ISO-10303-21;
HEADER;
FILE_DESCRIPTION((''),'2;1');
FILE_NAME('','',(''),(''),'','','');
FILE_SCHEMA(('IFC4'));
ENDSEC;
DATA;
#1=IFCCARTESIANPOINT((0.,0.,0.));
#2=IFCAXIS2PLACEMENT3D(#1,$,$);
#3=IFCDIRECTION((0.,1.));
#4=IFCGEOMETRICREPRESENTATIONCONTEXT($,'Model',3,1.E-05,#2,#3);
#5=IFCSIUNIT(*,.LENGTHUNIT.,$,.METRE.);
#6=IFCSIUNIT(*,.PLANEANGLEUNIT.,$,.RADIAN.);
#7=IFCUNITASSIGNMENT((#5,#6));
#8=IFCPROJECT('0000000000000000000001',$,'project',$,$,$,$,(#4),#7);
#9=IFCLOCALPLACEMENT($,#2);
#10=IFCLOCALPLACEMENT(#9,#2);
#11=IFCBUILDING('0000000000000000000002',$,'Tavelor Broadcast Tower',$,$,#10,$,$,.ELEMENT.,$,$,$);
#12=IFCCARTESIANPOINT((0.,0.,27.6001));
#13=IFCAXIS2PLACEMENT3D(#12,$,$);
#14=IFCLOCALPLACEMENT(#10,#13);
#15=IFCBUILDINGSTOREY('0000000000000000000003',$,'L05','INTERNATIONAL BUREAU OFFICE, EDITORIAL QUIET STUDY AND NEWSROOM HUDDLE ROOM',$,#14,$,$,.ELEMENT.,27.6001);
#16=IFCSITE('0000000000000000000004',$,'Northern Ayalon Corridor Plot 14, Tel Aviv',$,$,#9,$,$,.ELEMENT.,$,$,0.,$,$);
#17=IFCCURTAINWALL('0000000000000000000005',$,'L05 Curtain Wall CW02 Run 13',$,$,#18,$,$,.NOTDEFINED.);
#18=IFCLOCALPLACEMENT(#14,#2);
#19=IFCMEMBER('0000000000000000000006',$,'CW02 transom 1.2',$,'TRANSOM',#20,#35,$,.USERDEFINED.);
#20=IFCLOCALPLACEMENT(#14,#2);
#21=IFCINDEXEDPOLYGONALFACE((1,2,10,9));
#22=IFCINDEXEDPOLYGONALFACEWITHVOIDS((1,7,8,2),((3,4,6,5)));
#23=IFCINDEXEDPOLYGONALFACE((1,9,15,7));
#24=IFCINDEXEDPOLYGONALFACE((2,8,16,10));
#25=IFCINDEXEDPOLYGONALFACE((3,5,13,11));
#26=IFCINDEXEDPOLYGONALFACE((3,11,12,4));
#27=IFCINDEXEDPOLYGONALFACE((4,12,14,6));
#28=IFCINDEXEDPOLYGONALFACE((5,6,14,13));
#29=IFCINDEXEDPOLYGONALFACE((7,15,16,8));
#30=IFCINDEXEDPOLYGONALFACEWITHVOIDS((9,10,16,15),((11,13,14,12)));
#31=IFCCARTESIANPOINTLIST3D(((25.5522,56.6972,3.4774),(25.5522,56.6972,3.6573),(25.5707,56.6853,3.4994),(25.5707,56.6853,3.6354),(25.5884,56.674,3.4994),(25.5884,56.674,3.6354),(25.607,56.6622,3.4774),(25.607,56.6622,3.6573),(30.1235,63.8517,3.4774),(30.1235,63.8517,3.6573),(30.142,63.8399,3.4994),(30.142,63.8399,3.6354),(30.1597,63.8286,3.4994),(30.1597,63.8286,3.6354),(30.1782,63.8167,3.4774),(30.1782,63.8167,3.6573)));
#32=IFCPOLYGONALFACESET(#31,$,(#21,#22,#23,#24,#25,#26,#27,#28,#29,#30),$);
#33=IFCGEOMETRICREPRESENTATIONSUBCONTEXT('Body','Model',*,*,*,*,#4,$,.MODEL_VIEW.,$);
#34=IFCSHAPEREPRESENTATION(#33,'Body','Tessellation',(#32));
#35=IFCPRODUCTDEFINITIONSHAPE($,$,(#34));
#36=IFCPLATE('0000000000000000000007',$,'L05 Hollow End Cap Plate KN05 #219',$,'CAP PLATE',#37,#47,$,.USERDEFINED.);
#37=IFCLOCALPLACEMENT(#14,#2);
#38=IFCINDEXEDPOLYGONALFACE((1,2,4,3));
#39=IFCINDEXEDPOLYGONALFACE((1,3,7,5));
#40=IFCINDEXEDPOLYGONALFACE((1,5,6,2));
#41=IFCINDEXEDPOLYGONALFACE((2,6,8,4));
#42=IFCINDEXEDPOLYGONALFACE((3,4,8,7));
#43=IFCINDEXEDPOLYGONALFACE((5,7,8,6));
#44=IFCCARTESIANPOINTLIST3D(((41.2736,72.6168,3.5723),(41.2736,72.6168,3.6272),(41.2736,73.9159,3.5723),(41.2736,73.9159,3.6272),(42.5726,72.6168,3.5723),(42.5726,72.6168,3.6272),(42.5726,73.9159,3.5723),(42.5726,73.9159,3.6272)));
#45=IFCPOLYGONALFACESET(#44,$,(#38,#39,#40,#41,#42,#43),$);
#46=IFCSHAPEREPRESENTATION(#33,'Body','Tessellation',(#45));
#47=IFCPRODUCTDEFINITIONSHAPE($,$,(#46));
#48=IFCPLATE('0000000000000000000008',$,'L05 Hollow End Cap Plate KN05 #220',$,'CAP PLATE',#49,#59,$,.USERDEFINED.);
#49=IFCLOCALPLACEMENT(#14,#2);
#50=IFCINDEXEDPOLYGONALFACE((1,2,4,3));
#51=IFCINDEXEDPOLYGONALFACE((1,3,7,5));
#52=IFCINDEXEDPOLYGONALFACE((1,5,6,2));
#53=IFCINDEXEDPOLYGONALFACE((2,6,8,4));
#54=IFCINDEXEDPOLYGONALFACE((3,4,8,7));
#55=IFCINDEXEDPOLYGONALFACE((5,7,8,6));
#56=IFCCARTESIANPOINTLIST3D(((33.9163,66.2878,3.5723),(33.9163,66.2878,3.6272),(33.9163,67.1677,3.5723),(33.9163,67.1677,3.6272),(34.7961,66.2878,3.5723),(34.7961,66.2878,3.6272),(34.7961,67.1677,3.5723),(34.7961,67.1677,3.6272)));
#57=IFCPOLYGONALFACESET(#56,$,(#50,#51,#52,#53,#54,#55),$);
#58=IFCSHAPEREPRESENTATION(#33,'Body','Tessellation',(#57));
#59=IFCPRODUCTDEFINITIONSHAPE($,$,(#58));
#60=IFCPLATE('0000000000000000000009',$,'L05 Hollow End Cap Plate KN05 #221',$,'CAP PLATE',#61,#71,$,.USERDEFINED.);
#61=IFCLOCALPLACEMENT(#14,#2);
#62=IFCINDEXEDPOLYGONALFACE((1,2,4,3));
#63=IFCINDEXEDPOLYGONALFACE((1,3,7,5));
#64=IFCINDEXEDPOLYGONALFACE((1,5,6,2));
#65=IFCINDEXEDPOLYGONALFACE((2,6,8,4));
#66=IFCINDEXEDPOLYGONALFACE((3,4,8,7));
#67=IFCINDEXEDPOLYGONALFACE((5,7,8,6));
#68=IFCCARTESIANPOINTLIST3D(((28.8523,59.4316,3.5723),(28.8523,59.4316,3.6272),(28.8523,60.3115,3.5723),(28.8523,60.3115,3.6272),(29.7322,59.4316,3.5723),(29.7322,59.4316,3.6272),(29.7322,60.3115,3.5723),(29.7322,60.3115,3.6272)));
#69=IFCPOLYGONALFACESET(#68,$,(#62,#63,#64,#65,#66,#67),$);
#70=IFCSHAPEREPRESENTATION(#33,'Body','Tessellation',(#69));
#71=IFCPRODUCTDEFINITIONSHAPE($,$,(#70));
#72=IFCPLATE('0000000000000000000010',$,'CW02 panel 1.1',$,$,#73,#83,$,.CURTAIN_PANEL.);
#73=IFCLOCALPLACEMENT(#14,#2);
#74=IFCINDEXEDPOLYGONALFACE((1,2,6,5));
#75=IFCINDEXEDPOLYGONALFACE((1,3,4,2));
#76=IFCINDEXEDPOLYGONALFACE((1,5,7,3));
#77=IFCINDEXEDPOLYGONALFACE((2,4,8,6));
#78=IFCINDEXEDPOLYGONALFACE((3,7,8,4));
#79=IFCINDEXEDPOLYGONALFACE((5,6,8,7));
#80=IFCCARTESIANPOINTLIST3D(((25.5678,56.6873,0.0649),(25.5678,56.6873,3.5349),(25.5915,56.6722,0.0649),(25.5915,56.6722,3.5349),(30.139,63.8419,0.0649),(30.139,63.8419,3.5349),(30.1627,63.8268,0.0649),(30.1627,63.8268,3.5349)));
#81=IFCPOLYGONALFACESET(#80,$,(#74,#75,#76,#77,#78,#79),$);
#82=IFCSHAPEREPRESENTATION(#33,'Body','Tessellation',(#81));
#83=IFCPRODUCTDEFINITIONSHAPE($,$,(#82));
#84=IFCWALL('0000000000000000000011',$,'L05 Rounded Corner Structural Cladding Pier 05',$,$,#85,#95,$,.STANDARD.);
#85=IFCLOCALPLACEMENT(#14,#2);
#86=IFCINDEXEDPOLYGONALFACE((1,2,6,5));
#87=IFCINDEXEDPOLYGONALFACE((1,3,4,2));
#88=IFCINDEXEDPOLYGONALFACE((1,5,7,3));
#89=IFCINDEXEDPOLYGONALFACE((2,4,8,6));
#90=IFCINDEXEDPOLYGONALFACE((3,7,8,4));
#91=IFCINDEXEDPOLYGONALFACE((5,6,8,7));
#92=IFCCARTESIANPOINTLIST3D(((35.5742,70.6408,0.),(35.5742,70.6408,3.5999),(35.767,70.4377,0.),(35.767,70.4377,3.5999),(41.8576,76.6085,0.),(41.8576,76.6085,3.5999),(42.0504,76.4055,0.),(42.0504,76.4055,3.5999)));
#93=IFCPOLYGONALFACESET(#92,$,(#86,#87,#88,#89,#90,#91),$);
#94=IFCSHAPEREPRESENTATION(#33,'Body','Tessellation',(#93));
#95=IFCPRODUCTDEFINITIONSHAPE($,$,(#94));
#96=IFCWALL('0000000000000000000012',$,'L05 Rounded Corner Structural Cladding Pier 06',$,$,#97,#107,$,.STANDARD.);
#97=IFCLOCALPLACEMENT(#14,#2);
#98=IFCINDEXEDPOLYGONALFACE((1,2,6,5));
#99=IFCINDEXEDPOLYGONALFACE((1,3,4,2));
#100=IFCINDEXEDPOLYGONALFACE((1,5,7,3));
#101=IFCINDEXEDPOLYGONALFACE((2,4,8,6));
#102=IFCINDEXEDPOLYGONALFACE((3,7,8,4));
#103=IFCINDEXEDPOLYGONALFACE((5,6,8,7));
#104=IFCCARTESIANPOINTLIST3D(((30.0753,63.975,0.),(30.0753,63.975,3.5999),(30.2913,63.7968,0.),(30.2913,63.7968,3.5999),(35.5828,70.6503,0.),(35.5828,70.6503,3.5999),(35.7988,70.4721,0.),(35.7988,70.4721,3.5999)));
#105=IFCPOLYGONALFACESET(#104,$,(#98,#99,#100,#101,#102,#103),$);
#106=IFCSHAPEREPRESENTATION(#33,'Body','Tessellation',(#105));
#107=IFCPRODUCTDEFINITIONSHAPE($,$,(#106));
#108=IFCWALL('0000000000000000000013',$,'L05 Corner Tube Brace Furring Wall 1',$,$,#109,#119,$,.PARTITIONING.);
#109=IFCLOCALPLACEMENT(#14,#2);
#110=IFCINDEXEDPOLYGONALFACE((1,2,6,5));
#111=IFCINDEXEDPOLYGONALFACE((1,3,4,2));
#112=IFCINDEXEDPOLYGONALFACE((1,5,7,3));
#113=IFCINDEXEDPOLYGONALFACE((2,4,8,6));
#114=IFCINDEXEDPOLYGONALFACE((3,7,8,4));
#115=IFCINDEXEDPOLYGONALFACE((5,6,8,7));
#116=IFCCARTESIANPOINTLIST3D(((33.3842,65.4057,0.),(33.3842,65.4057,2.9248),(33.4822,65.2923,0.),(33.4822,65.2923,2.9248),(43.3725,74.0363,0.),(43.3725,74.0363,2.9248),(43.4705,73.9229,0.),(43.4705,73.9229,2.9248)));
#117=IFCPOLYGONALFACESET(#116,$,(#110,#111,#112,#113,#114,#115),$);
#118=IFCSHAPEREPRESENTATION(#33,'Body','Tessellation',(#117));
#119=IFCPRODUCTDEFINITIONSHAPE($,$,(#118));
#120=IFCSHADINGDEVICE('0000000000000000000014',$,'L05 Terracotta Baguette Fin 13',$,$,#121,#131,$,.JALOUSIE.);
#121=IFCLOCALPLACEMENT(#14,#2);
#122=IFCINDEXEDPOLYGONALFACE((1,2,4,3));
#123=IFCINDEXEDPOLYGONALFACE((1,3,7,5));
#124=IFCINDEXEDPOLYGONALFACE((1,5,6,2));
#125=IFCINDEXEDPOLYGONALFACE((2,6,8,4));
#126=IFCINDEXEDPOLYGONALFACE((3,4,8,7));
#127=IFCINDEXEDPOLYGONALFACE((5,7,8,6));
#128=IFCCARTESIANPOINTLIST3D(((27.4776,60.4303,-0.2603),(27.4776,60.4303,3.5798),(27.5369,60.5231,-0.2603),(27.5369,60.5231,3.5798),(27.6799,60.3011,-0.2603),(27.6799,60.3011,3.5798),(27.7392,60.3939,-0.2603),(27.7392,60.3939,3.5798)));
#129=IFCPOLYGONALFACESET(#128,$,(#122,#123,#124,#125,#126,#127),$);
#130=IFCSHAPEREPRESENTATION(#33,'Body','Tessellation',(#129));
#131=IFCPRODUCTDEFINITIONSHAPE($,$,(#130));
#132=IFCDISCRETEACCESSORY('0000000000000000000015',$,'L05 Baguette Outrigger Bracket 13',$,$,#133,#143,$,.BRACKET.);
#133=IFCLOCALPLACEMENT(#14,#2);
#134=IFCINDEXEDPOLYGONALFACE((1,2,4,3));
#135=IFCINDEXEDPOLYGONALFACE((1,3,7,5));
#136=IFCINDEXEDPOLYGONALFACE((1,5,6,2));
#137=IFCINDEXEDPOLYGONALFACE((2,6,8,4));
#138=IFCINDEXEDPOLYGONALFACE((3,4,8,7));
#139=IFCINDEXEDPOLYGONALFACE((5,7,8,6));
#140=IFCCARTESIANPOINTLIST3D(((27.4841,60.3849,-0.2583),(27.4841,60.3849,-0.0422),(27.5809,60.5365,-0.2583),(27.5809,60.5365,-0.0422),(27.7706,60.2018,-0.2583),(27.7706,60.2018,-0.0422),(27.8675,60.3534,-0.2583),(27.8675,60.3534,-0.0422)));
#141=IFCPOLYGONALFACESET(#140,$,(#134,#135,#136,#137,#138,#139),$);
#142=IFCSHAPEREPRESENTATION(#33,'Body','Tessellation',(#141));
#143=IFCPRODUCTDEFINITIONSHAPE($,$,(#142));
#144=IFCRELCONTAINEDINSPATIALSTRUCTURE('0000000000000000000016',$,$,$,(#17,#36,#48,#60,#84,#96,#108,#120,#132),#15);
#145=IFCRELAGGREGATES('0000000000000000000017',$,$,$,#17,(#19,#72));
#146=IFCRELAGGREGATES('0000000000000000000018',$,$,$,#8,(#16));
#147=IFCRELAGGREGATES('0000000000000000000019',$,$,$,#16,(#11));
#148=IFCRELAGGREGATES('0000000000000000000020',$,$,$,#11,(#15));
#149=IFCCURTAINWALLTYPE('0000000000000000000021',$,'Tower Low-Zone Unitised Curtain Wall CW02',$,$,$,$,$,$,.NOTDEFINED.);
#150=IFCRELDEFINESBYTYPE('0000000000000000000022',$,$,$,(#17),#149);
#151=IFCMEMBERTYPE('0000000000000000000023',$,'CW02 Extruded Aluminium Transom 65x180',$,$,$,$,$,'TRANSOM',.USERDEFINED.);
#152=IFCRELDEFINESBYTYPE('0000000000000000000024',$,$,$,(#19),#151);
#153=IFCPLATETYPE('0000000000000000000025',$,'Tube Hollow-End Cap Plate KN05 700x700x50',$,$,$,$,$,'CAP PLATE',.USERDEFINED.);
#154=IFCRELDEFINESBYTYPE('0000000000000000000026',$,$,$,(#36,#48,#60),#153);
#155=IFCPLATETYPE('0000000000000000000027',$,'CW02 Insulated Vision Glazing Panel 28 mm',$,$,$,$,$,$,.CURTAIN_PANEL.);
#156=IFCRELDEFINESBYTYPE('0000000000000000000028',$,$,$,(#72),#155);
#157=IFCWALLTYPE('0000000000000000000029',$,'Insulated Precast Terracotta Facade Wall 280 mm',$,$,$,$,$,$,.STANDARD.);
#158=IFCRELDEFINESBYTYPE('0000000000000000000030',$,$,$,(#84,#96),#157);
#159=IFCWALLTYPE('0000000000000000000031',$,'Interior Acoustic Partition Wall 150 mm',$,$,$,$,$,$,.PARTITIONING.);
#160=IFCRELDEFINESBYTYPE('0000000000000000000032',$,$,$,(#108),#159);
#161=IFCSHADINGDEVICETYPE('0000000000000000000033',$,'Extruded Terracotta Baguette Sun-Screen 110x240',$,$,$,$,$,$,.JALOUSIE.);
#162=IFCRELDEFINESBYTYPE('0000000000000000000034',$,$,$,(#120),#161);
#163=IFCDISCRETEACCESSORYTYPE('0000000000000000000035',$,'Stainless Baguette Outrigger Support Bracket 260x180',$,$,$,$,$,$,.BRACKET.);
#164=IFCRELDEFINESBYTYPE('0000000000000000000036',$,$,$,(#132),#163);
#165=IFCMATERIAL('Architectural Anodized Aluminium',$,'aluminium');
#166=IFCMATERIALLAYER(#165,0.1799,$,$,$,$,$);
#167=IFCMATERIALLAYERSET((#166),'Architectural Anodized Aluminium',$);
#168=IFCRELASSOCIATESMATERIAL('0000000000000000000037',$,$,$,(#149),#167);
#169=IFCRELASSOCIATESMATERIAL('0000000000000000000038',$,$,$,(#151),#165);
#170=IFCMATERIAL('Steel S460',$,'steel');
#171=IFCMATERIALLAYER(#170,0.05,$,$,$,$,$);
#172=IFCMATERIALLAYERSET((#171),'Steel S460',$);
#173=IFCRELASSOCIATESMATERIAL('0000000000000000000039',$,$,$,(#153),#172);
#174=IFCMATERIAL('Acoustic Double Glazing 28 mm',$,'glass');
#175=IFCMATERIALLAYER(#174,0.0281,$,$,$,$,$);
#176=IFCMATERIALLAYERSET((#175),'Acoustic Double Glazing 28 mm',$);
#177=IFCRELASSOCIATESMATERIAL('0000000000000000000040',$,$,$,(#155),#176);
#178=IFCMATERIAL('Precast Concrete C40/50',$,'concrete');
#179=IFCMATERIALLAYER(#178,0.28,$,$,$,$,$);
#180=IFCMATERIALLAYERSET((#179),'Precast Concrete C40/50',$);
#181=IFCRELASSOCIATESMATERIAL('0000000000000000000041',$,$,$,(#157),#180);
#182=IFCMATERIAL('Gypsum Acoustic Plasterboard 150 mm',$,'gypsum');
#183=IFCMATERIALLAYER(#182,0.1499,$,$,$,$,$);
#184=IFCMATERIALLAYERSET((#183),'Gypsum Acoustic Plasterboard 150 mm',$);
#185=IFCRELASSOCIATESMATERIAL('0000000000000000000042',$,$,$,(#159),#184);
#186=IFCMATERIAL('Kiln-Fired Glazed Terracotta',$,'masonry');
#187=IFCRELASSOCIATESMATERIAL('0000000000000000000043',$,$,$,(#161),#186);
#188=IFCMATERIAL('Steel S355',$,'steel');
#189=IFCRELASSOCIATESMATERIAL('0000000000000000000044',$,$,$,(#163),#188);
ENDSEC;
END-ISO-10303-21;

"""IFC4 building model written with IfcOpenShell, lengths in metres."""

from ifc_helpers import new_model, si_unit, direction, frame, frame_2d, origin, origin_2d, place, context, subcontext, project, spatial, rectangle, hollow_rectangle, extrude, source, transform, mapped, material, layer, layer_set, material_profile, profile_set, type_object, type_shapes, element, aggregate, save


model = new_model("IFC4")

# Units and contexts
model_context = context("Model", 3, precision=1e-05, world=origin(), true_north=direction((0.0, 1.0)))
body_context = subcontext(model_context, "Body", "Model", "MODEL_VIEW")
ifc_project = project(units=[si_unit("LENGTHUNIT", "METRE"), si_unit("PLANEANGLEUNIT", "RADIAN")], contexts=[model_context])

# Site, building, storey
site_placement = place(None, origin())
site = spatial("IfcSite", under=ifc_project, at=site_placement, Name="Northern Ayalon Corridor Plot 14, Tel Aviv", CompositionType="ELEMENT", RefElevation=0.0)
building_placement = place(site_placement, origin())
building = spatial("IfcBuilding", under=site, at=building_placement, Name="Tavelor Broadcast Tower", CompositionType="ELEMENT")
storey_placement = place(building_placement, frame((0.0, 0.0, 27.6001)))
storey = spatial("IfcBuildingStorey", under=building, at=storey_placement, Name="L05", Description="INTERNATIONAL BUREAU OFFICE, EDITORIAL QUIET STUDY AND NEWSROOM HUDDLE ROOM", CompositionType="ELEMENT", Elevation=27.6001)

# Shared definitions
ifc_material_1 = material(Name="Steel S460", Category="steel")

# Shared definitions
ifc_material_2 = material(Name="Steel S355", Category="steel")

# Curtain wall
ifc_material_3 = material(Name="Architectural Anodized Aluminium", Category="aluminium")
ifc_layer_1 = layer(ifc_material_3, 0.1799)
ifc_layer_set_1 = layer_set([ifc_layer_1], Name="Architectural Anodized Aluminium")
curtain_wall_type = type_object("IfcCurtainWallType", Name="Tower Low-Zone Unitised Curtain Wall CW02", PredefinedType="NOTDEFINED", material=ifc_layer_set_1)
curtain_wall_1_placement = place(storey_placement, origin())
curtain_wall_1 = element("IfcCurtainWall", 1, at=curtain_wall_1_placement, inside=storey, type_object=curtain_wall_type, Name="L05 Curtain Wall CW02 Run 13", PredefinedType="NOTDEFINED")

# Member
ifc_material_profile_1 = material_profile(ifc_material_3, hollow_rectangle(XDim=0.0649, YDim=0.1799, WallThickness=0.022, at=origin_2d()), Name="RHS 65x180x22")
ifc_profile_set_1 = profile_set([ifc_material_profile_1], Name="Architectural Anodized Aluminium")
member_type_1 = type_object("IfcMemberType", Name="CW02 Extruded Aluminium Transom 65x180", ElementType="TRANSOM", PredefinedType="USERDEFINED", material=ifc_profile_set_1)
shared_shape_1 = source(origin(), body_context, "Body", "SweptSolid", [
    extrude(hollow_rectangle(XDim=0.0649, YDim=0.1799, WallThickness=0.022, at=origin_2d()), origin(), (0.0, 0.0, 1.0), 8.4902),
])
type_shapes(member_type_1, [shared_shape_1])
member_1_placement = place(storey_placement, frame((30.1509, 63.8342, 3.5674), z_axis=(-0.538417, -0.842679, 0.0), x_axis=(0.842679, -0.538417, 0.0)))
member_1 = element("IfcMember", 2, at=member_1_placement, type_object=member_type_1, Name="CW02 transom 1.2", ObjectType="TRANSOM", PredefinedType="USERDEFINED", context=body_context, shape_type="MappedRepresentation", body=[
    mapped(shared_shape_1, transform((0.0, 0.0, 0.0), scale=1.0)),
])

# Plates
ifc_layer_2 = layer(ifc_material_1, 0.05)
ifc_layer_set_2 = layer_set([ifc_layer_2], Name="Steel S460")
plate_type_1 = type_object("IfcPlateType", Name="Tube Hollow-End Cap Plate KN05 700x700x50", ElementType="CAP PLATE", PredefinedType="USERDEFINED", material=ifc_layer_set_2)
shared_shape_2 = source(origin(), body_context, "Body", "SweptSolid", [
    extrude(rectangle(XDim=1.2991, YDim=1.2991, at=origin_2d()), origin(), (0.0, 0.0, 1.0), 0.0549),
])
plate_1_placement = place(storey_placement, frame((41.9231, 73.2664, 3.5723), z_axis=(0.0, 0.0, 1.0), x_axis=(1.0, 0.0, 0.0)))
element("IfcPlate", 3, at=plate_1_placement, inside=storey, type_object=plate_type_1, Name="L05 Hollow End Cap Plate KN05 #219", ObjectType="CAP PLATE", PredefinedType="USERDEFINED", context=body_context, shape_type="MappedRepresentation", body=[
    mapped(shared_shape_2, transform((0.0, 0.0, 0.0), scale=1.0)),
])
shared_shape_3 = source(origin(), body_context, "Body", "SweptSolid", [
    extrude(rectangle(XDim=0.8799, YDim=0.8799, at=origin_2d()), origin(), (0.0, 0.0, 1.0), 0.0549),
])
type_shapes(plate_type_1, [shared_shape_2, shared_shape_3])
for number, where, z_axis, x_axis, name in (
    (4, (34.3562, 66.7278, 3.5723), (0.0, 0.0, 1.0), (1.0, 0.0, 0.0), "L05 Hollow End Cap Plate KN05 #220"),
    (5, (29.2922, 59.8716, 3.5723), (0.0, 0.0, 1.0), (1.0, 0.0, 0.0), "L05 Hollow End Cap Plate KN05 #221"),
):
    element("IfcPlate", number, at=place(storey_placement, frame(where, z_axis=z_axis, x_axis=x_axis)), inside=storey, type_object=plate_type_1, Name=name, ObjectType="CAP PLATE", PredefinedType="USERDEFINED", context=body_context, shape_type="MappedRepresentation", body=[
        mapped(shared_shape_3, transform((0.0, 0.0, 0.0), scale=1.0)),
    ])

# Plate
ifc_material_4 = material(Name="Acoustic Double Glazing 28 mm", Category="glass")
ifc_layer_3 = layer(ifc_material_4, 0.0281)
ifc_layer_set_3 = layer_set([ifc_layer_3], Name="Acoustic Double Glazing 28 mm")
plate_type_2 = type_object("IfcPlateType", Name="CW02 Insulated Vision Glazing Panel 28 mm", PredefinedType="CURTAIN_PANEL", material=ifc_layer_set_3)
shared_shape_4 = source(origin(), body_context, "Body", "SweptSolid", [
    extrude(rectangle(XDim=8.4902, YDim=0.0281, at=origin_2d()), origin(), (0.0, 0.0, 1.0), 3.47),
])
type_shapes(plate_type_2, [shared_shape_4])
plate_2_placement = place(storey_placement, frame((27.8652, 60.2571, 0.0649), z_axis=(0.0, 0.0, 1.0), x_axis=(-0.53841, -0.842683, 0.0)))
plate_2 = element("IfcPlate", 6, at=plate_2_placement, type_object=plate_type_2, Name="CW02 panel 1.1", PredefinedType="CURTAIN_PANEL", context=body_context, shape_type="MappedRepresentation", body=[
    mapped(shared_shape_4, transform((0.0, 0.0, 0.0), scale=1.0)),
])
aggregate(curtain_wall_1, [member_1, plate_2])

# Walls
ifc_material_5 = material(Name="Precast Concrete C40/50", Category="concrete")
ifc_layer_4 = layer(ifc_material_5, 0.28)
ifc_layer_set_4 = layer_set([ifc_layer_4], Name="Precast Concrete C40/50")
wall_type_1 = type_object("IfcWallType", Name="Insulated Precast Terracotta Facade Wall 280 mm", PredefinedType="STANDARD", material=ifc_layer_set_4)
wall_1_placement = place(storey_placement, frame((41.9541, 76.5071, 0.0), z_axis=(0.0, 0.0, 1.0), x_axis=(-0.725086, -0.688658, 0.0)))
element("IfcWall", 7, at=wall_1_placement, inside=storey, type_object=wall_type_1, Name="L05 Rounded Corner Structural Cladding Pier 05", PredefinedType="STANDARD", context=body_context, shape_type="SweptSolid", body=[
    extrude(rectangle(XDim=8.6658, YDim=0.28, at=frame_2d((4.333, 0.0))), origin(), (0.0, 0.0, 1.0), 3.5999),
])
wall_2_placement = place(storey_placement, frame((35.6909, 70.5613, 0.0), z_axis=(0.0, 0.0, 1.0), x_axis=(-0.636414, -0.771348, 0.0)))
element("IfcWall", 8, at=wall_2_placement, inside=storey, type_object=wall_type_1, Name="L05 Rounded Corner Structural Cladding Pier 06", PredefinedType="STANDARD", context=body_context, shape_type="SweptSolid", body=[
    extrude(rectangle(XDim=8.6541, YDim=0.28, at=frame_2d((4.3271, 0.0))), origin(), (0.0, 0.0, 1.0), 3.5999),
])
ifc_material_6 = material(Name="Gypsum Acoustic Plasterboard 150 mm", Category="gypsum")
ifc_layer_5 = layer(ifc_material_6, 0.1499)
ifc_layer_set_5 = layer_set([ifc_layer_5], Name="Gypsum Acoustic Plasterboard 150 mm")
wall_type_2 = type_object("IfcWallType", Name="Interior Acoustic Partition Wall 150 mm", PredefinedType="PARTITIONING", material=ifc_layer_set_5)
wall_3_placement = place(storey_placement, frame((43.4214, 73.9795, 0.0), z_axis=(0.0, 0.0, 1.0), x_axis=(-0.756659, -0.65381, 0.0)))
element("IfcWall", 9, at=wall_3_placement, inside=storey, type_object=wall_type_2, Name="L05 Corner Tube Brace Furring Wall 1", PredefinedType="PARTITIONING", context=body_context, shape_type="SweptSolid", body=[
    extrude(rectangle(XDim=13.2004, YDim=0.1499, at=frame_2d((6.6001, 0.0))), origin(), (0.0, 0.0, 1.0), 2.9248),
])

# Shading device
ifc_material_7 = material(Name="Kiln-Fired Glazed Terracotta", Category="masonry")
shading_device_type = type_object("IfcShadingDeviceType", Name="Extruded Terracotta Baguette Sun-Screen 110x240", PredefinedType="JALOUSIE", material=ifc_material_7)
shared_shape_5 = source(origin(), body_context, "Body", "SweptSolid", [
    extrude(rectangle(XDim=0.1101, YDim=0.24, at=origin_2d()), origin(), (0.0, 0.0, 1.0), 3.8401),
])
type_shapes(shading_device_type, [shared_shape_5])
shading_device_placement = place(storey_placement, frame((27.6084, 60.4121, -0.2603), z_axis=(0.0, 0.0, 1.0), x_axis=(-0.538477, -0.84264, 0.0)))
element("IfcShadingDevice", 10, at=shading_device_placement, inside=storey, type_object=shading_device_type, Name="L05 Terracotta Baguette Fin 13", PredefinedType="JALOUSIE", context=body_context, shape_type="MappedRepresentation", body=[
    mapped(shared_shape_5, transform((0.0, 0.0, 0.0), scale=1.0)),
])

# Discrete accessory
discrete_accessory_type = type_object("IfcDiscreteAccessoryType", Name="Stainless Baguette Outrigger Support Bracket 260x180", PredefinedType="BRACKET", material=ifc_material_2)
shared_shape_6 = source(origin(), body_context, "Body", "SweptSolid", [
    extrude(rectangle(XDim=0.1799, YDim=0.3401, at=origin_2d()), origin(), (0.0, 0.0, 1.0), 0.2161),
])
type_shapes(discrete_accessory_type, [shared_shape_6])
discrete_accessory_placement = place(storey_placement, frame((27.6758, 60.3691, -0.2583), z_axis=(0.0, 0.0, 1.0), x_axis=(-0.538477, -0.84264, 0.0)))
element("IfcDiscreteAccessory", 11, at=discrete_accessory_placement, inside=storey, type_object=discrete_accessory_type, Name="L05 Baguette Outrigger Bracket 13", PredefinedType="BRACKET", context=body_context, shape_type="MappedRepresentation", body=[
    mapped(shared_shape_6, transform((0.0, 0.0, 0.0), scale=1.0)),
])

save(model, "model.ifc")
